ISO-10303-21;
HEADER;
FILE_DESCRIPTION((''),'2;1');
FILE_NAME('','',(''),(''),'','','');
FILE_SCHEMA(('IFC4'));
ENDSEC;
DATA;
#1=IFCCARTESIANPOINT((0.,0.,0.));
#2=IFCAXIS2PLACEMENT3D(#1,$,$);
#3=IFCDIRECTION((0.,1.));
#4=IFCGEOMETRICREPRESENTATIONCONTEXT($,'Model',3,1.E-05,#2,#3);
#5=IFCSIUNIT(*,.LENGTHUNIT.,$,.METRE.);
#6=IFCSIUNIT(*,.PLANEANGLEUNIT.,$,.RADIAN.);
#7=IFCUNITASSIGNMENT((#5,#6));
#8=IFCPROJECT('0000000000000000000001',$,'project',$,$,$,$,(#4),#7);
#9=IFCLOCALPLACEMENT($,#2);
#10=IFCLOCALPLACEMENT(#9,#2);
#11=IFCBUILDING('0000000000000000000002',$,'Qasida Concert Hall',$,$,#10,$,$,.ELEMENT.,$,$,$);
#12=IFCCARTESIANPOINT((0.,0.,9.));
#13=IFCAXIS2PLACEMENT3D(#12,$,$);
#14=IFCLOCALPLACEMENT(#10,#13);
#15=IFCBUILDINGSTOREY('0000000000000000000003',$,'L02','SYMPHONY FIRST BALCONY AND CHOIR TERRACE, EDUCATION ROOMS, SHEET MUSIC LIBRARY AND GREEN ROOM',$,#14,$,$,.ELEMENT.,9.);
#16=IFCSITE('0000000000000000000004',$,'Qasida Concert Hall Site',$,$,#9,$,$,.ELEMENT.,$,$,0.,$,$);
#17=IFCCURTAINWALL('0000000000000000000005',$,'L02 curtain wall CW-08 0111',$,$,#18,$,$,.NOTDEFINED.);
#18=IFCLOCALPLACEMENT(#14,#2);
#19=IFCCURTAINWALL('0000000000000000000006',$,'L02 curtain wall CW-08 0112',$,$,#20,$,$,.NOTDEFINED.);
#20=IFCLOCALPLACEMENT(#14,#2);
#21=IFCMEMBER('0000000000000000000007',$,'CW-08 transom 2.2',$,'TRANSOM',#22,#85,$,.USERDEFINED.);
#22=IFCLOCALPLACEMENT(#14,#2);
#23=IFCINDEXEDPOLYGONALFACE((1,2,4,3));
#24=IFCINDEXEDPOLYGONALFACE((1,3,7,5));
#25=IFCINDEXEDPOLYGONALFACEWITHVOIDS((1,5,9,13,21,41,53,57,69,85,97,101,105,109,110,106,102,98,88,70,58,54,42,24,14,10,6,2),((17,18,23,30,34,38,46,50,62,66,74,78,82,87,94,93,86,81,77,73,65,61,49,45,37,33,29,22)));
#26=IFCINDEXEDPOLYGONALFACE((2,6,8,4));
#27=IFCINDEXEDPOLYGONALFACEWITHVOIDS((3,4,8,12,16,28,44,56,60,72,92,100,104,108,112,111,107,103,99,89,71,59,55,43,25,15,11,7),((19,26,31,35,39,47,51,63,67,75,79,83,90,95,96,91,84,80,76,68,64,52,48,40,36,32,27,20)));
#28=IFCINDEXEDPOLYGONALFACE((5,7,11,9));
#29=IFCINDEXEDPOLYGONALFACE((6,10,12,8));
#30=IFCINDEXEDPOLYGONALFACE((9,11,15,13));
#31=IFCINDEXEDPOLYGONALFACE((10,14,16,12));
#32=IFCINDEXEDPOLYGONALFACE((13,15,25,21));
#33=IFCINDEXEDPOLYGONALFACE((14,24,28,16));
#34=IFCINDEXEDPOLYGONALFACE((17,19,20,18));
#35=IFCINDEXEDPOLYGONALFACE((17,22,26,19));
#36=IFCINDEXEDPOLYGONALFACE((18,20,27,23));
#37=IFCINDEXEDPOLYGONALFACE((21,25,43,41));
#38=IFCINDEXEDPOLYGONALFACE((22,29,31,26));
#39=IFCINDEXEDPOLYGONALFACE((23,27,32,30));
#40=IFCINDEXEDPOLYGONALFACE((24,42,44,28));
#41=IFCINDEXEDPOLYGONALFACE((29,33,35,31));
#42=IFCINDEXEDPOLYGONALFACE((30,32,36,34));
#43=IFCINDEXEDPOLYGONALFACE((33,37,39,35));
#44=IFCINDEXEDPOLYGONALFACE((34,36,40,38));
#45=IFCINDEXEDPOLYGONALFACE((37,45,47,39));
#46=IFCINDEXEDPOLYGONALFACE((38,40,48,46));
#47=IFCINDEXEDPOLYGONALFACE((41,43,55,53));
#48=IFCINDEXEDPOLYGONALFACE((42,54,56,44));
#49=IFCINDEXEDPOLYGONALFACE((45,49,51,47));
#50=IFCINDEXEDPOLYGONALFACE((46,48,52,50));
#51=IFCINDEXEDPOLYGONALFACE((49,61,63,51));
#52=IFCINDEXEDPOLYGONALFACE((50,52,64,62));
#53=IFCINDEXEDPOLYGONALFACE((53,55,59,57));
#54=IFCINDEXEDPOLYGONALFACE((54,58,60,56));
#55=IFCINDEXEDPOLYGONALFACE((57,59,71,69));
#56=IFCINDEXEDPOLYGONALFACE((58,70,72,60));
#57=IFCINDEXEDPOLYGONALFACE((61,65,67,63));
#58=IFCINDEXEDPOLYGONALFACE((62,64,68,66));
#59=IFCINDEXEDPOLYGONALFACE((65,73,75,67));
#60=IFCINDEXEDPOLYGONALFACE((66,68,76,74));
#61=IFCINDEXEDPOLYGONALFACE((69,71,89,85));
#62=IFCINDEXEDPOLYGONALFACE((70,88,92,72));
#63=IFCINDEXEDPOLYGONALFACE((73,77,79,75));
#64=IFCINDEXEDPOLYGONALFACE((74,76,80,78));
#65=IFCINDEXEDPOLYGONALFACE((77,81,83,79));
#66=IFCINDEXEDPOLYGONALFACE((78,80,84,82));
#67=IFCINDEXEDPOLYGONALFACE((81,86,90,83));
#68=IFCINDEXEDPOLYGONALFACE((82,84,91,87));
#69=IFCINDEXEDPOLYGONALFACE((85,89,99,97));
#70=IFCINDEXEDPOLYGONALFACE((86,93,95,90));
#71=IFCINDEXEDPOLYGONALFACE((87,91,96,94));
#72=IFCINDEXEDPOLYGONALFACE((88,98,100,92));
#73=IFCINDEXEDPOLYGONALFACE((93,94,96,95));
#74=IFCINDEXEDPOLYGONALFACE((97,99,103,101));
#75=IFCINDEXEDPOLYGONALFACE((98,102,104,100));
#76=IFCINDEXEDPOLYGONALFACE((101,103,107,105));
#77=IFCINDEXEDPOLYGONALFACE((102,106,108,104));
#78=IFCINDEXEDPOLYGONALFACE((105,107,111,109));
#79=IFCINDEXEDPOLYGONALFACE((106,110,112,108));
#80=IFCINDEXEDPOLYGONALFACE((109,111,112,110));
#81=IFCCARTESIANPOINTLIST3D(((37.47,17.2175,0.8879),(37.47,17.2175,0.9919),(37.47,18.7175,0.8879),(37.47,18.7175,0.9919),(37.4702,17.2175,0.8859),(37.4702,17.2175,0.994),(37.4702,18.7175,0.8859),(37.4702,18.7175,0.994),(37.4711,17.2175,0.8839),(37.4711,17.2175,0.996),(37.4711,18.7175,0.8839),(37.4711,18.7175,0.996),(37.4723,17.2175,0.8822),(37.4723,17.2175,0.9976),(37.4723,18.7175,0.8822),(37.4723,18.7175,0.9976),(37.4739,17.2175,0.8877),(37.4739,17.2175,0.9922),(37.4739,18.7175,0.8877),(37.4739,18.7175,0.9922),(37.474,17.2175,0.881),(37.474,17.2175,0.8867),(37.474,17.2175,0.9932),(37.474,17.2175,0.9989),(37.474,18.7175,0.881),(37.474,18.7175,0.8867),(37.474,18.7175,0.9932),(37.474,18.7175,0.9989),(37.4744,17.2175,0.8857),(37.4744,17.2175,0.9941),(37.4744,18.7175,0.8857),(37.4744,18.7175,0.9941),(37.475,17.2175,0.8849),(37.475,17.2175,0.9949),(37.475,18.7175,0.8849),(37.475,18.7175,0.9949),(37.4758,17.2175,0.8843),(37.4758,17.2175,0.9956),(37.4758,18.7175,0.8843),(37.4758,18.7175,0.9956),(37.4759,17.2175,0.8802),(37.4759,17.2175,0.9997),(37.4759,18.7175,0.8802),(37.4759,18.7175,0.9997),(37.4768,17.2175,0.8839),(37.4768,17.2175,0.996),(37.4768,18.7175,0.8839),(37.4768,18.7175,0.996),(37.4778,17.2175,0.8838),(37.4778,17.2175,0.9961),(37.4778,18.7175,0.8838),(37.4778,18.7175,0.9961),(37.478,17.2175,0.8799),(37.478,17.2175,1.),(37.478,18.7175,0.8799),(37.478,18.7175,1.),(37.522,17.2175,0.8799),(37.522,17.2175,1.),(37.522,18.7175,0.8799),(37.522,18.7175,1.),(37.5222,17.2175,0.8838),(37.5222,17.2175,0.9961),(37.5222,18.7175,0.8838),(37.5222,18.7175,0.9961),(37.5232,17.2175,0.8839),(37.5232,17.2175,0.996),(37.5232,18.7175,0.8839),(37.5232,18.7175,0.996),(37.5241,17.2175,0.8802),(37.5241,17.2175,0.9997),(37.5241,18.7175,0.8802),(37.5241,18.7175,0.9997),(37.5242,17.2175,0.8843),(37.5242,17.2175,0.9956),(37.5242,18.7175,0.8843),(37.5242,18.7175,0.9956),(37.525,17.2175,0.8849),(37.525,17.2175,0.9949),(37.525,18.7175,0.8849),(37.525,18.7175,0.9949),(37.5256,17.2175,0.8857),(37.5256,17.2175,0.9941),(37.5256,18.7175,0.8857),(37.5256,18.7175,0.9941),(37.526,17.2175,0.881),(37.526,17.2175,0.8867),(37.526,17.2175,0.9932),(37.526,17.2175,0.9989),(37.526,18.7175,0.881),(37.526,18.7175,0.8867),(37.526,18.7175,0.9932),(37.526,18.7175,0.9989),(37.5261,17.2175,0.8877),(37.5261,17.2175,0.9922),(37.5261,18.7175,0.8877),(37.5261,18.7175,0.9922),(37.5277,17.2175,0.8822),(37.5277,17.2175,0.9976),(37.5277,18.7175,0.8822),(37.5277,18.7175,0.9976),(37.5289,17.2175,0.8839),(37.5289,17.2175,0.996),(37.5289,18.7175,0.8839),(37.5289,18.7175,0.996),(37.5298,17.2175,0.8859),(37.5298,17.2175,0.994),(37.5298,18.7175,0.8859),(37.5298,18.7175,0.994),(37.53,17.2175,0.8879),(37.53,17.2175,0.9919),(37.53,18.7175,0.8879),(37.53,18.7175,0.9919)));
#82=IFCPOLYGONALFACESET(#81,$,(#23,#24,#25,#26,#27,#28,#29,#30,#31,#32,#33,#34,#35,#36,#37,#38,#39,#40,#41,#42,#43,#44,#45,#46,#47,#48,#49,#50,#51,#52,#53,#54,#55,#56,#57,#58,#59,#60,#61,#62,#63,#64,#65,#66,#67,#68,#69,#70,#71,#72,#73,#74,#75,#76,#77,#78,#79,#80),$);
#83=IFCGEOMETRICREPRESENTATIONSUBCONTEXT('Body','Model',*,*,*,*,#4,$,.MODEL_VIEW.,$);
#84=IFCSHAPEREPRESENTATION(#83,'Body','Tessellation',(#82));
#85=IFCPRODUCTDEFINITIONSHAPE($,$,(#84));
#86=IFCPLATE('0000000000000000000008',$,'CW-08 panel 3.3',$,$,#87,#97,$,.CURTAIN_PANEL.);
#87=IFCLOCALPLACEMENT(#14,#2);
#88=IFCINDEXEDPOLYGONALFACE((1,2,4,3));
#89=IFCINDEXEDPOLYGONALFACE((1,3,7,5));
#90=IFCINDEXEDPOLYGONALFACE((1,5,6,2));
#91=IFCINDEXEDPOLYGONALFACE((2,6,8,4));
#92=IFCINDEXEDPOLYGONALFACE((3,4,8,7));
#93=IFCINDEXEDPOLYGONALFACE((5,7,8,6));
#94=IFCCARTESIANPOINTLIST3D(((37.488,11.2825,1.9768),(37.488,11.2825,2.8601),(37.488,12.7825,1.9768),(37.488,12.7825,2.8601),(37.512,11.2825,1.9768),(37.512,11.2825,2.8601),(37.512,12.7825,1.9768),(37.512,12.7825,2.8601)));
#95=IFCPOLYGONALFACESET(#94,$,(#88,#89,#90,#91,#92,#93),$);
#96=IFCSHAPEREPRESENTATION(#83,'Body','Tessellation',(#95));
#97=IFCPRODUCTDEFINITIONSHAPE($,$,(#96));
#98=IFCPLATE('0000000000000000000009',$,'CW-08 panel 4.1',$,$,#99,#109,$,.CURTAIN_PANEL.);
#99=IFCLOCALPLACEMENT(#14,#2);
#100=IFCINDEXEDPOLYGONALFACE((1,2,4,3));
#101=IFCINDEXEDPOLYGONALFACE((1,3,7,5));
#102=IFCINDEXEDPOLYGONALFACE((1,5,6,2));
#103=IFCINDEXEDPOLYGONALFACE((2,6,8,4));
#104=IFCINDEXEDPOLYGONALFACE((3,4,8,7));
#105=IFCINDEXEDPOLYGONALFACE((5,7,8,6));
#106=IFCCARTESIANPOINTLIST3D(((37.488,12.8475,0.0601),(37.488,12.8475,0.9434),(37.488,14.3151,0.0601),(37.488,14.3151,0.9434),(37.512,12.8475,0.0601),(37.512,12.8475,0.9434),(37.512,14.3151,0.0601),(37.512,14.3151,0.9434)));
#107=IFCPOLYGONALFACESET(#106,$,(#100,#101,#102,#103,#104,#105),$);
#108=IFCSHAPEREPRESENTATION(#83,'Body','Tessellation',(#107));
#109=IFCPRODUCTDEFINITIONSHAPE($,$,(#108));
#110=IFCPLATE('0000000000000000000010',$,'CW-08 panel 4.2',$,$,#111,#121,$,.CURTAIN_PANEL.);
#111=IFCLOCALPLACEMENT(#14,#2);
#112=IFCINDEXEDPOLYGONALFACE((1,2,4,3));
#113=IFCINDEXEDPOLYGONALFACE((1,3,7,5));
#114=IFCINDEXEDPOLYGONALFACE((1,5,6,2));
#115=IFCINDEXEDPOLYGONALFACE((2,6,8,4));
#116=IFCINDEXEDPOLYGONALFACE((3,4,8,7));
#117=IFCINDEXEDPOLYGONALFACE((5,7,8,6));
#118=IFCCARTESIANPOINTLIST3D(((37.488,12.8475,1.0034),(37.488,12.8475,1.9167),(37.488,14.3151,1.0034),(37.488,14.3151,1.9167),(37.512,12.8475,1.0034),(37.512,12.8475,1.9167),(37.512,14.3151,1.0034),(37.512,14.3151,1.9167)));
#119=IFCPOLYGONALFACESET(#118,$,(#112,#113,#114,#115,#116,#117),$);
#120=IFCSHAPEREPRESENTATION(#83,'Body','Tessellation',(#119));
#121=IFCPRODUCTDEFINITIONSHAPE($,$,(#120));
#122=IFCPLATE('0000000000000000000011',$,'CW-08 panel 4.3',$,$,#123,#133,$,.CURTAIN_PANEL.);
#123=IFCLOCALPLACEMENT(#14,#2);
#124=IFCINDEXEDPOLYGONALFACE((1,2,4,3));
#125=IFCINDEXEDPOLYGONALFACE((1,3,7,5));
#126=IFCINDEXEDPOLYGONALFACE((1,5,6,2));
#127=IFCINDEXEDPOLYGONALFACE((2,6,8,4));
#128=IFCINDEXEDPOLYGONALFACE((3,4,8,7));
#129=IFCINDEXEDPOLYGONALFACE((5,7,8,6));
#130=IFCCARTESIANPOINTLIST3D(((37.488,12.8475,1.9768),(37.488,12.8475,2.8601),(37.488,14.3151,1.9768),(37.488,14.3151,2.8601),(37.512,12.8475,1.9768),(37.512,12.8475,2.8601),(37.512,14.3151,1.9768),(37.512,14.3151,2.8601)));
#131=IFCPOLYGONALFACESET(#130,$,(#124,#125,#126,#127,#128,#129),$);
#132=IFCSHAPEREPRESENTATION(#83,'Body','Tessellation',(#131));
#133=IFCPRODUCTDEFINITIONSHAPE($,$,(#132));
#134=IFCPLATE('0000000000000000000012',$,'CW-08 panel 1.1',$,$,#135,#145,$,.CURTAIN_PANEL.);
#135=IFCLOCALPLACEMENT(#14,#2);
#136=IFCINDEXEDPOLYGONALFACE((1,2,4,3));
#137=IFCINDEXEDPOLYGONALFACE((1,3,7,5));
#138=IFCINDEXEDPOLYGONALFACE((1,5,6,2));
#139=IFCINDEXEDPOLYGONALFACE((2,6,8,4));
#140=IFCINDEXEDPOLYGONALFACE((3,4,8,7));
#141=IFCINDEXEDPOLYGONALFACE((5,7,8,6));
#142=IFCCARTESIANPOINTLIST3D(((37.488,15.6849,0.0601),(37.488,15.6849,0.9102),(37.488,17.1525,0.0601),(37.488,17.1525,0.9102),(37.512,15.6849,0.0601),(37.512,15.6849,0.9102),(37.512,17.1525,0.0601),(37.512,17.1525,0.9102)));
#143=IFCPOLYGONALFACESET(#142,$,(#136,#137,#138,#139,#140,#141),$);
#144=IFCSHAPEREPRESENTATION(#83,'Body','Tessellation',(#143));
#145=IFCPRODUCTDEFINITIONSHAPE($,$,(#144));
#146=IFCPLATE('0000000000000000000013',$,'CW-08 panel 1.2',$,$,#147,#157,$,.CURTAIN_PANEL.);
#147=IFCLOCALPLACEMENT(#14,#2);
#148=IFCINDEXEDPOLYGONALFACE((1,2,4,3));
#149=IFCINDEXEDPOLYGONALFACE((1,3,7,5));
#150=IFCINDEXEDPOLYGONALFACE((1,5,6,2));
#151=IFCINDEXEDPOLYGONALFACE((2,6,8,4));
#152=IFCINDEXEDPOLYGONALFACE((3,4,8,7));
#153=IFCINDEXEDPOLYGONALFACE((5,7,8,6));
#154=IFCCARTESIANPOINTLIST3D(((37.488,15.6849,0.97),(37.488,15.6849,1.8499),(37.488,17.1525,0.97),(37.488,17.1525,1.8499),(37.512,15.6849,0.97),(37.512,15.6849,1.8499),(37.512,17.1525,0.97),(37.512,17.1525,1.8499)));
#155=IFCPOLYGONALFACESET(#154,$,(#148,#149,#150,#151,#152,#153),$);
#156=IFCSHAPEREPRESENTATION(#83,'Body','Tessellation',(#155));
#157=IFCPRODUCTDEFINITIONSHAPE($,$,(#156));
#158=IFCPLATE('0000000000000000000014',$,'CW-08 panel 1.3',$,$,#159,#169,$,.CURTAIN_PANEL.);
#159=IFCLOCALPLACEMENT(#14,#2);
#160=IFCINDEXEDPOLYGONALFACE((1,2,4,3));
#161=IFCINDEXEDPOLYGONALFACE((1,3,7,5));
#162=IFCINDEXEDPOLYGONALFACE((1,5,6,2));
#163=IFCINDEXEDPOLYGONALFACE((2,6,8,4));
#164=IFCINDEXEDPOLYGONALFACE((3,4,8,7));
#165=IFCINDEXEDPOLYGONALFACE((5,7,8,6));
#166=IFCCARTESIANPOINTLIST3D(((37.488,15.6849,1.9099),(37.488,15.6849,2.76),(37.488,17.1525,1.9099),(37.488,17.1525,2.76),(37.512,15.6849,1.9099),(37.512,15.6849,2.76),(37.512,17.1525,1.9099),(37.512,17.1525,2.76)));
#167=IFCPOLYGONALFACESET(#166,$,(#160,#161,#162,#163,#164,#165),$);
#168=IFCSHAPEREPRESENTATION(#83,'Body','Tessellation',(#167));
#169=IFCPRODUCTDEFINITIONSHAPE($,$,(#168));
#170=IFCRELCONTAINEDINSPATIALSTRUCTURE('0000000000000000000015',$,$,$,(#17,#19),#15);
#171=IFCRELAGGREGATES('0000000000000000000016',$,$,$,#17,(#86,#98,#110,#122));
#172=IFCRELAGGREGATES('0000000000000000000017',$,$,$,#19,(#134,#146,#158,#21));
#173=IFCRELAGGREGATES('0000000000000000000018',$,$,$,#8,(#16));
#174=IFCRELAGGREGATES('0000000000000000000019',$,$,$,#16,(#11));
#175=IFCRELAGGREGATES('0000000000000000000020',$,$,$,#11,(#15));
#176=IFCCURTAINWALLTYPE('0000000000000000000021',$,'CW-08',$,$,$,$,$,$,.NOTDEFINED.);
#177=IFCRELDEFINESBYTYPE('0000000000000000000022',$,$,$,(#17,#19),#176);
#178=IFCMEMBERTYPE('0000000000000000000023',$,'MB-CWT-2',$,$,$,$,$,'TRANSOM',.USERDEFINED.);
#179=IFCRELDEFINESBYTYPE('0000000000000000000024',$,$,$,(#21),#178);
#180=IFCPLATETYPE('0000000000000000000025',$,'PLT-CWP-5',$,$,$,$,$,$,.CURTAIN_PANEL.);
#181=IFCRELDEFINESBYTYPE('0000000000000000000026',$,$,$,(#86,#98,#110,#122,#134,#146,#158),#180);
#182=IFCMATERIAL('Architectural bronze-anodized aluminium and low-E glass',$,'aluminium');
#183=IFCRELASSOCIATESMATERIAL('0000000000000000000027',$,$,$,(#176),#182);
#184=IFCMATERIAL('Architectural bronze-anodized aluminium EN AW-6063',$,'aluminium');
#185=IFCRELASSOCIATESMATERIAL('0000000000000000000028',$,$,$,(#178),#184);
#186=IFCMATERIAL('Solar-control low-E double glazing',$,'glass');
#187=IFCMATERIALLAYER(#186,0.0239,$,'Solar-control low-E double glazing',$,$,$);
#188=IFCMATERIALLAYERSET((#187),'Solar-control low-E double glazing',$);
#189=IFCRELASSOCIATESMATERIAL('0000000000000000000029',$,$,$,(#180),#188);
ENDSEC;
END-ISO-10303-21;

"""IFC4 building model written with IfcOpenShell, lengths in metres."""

from ifc_helpers import new_model, si_unit, direction, frame, origin, origin_2d, place, context, subcontext, project, spatial, rectangle, hollow_rectangle, extrude, material, layer, layer_set, material_profile, profile_set, type_object, element, aggregate, save


model = new_model("IFC4")

# Units and contexts
model_context = context("Model", 3, precision=1e-05, world=origin(), true_north=direction((0.0, 1.0)))
body_context = subcontext(model_context, "Body", "Model", "MODEL_VIEW")
ifc_project = project(units=[si_unit("LENGTHUNIT", "METRE"), si_unit("PLANEANGLEUNIT", "RADIAN")], contexts=[model_context])

# Site, building, storey
site_placement = place(None, origin())
site = spatial("IfcSite", under=ifc_project, at=site_placement, Name="Qasida Concert Hall Site", CompositionType="ELEMENT", RefElevation=0.0)
building_placement = place(site_placement, origin())
building = spatial("IfcBuilding", under=site, at=building_placement, Name="Qasida Concert Hall", CompositionType="ELEMENT")
storey_placement = place(building_placement, frame((0.0, 0.0, 9.0)))
storey = spatial("IfcBuildingStorey", under=building, at=storey_placement, Name="L02", Description="SYMPHONY FIRST BALCONY AND CHOIR TERRACE, EDUCATION ROOMS, SHEET MUSIC LIBRARY AND GREEN ROOM", CompositionType="ELEMENT", Elevation=9.0)

# Curtain walls
ifc_material_1 = material(Name="Architectural bronze-anodized aluminium and low-E glass", Category="aluminium")
curtain_wall_type = type_object("IfcCurtainWallType", Name="CW-08", PredefinedType="NOTDEFINED", material=ifc_material_1)
curtain_wall_1_placement = place(storey_placement, origin())
curtain_wall_1 = element("IfcCurtainWall", 1, at=curtain_wall_1_placement, inside=storey, type_object=curtain_wall_type, Name="L02 curtain wall CW-08 0111", PredefinedType="NOTDEFINED")
ifc_material_2 = material(Name="Architectural bronze-anodized aluminium EN AW-6063", Category="aluminium")
curtain_wall_2_placement = place(storey_placement, origin())
curtain_wall_2 = element("IfcCurtainWall", 2, at=curtain_wall_2_placement, inside=storey, type_object=curtain_wall_type, Name="L02 curtain wall CW-08 0112", PredefinedType="NOTDEFINED")

# Member
ifc_material_profile_1 = material_profile(ifc_material_2, hollow_rectangle(XDim=0.0601, YDim=0.1201, WallThickness=0.0039, InnerFilletRadius=0.0039, OuterFilletRadius=0.0081, at=origin_2d()), Name="CWT 120x60x4")
ifc_profile_set_1 = profile_set([ifc_material_profile_1], Name="Architectural bronze-anodized aluminium EN AW-6063")
member_type_1 = type_object("IfcMemberType", Name="MB-CWT-2", ElementType="TRANSOM", PredefinedType="USERDEFINED", material=ifc_profile_set_1)
member_1_placement = place(storey_placement, frame((37.5, 17.2175, 0.9399), z_axis=(0.0, 1.0, 0.0), x_axis=(-1.0, 0.0, 0.0)))
member_1 = element("IfcMember", 3, at=member_1_placement, type_object=member_type_1, Name="CW-08 transom 2.2", ObjectType="TRANSOM", PredefinedType="USERDEFINED", context=body_context, shape_type="SweptSolid", body=[
    extrude(hollow_rectangle(XDim=0.0601, YDim=0.1201, WallThickness=0.0039, InnerFilletRadius=0.0039, OuterFilletRadius=0.0081, at=origin_2d()), origin(), (0.0, 0.0, 1.0), 1.5),
])

# Plates
ifc_material_3 = material(Name="Solar-control low-E double glazing", Category="glass")
ifc_layer = layer(ifc_material_3, 0.0239, Name="Solar-control low-E double glazing")
ifc_layer_set = layer_set([ifc_layer], Name="Solar-control low-E double glazing")
plate_type = type_object("IfcPlateType", Name="PLT-CWP-5", PredefinedType="CURTAIN_PANEL", material=ifc_layer_set)
plate_1_placement = place(storey_placement, frame((37.5, 12.0325, 1.9768), z_axis=(0.0, 0.0, 1.0), x_axis=(0.0, 1.0, 0.0)))
plate_1 = element("IfcPlate", 4, at=plate_1_placement, type_object=plate_type, Name="CW-08 panel 3.3", PredefinedType="CURTAIN_PANEL", context=body_context, shape_type="SweptSolid", body=[
    extrude(rectangle(XDim=1.5, YDim=0.0239, at=origin_2d()), origin(), (0.0, 0.0, 1.0), 0.8833),
])
plate_2_placement = place(storey_placement, frame((37.5, 13.5813, 0.0601), z_axis=(0.0, 0.0, 1.0), x_axis=(0.0, 1.0, 0.0)))
plate_2 = element("IfcPlate", 5, at=plate_2_placement, type_object=plate_type, Name="CW-08 panel 4.1", PredefinedType="CURTAIN_PANEL", context=body_context, shape_type="SweptSolid", body=[
    extrude(rectangle(XDim=1.4675, YDim=0.0239, at=origin_2d()), origin(), (0.0, 0.0, 1.0), 0.8833),
])
plate_3_placement = place(storey_placement, frame((37.5, 13.5813, 1.0034), z_axis=(0.0, 0.0, 1.0), x_axis=(0.0, 1.0, 0.0)))
plate_3 = element("IfcPlate", 6, at=plate_3_placement, type_object=plate_type, Name="CW-08 panel 4.2", PredefinedType="CURTAIN_PANEL", context=body_context, shape_type="SweptSolid", body=[
    extrude(rectangle(XDim=1.4675, YDim=0.0239, at=origin_2d()), origin(), (0.0, 0.0, 1.0), 0.9133),
])
plate_4_placement = place(storey_placement, frame((37.5, 13.5813, 1.9768), z_axis=(0.0, 0.0, 1.0), x_axis=(0.0, 1.0, 0.0)))
plate_4 = element("IfcPlate", 7, at=plate_4_placement, type_object=plate_type, Name="CW-08 panel 4.3", PredefinedType="CURTAIN_PANEL", context=body_context, shape_type="SweptSolid", body=[
    extrude(rectangle(XDim=1.4675, YDim=0.0239, at=origin_2d()), origin(), (0.0, 0.0, 1.0), 0.8833),
])
aggregate(curtain_wall_1, [plate_1, plate_2, plate_3, plate_4])
plate_5_placement = place(storey_placement, frame((37.5, 16.4187, 0.0601), z_axis=(0.0, 0.0, 1.0), x_axis=(0.0, 1.0, 0.0)))
plate_5 = element("IfcPlate", 8, at=plate_5_placement, type_object=plate_type, Name="CW-08 panel 1.1", PredefinedType="CURTAIN_PANEL", context=body_context, shape_type="SweptSolid", body=[
    extrude(rectangle(XDim=1.4675, YDim=0.0239, at=origin_2d()), origin(), (0.0, 0.0, 1.0), 0.8501),
])
plate_6_placement = place(storey_placement, frame((37.5, 16.4187, 0.97), z_axis=(0.0, 0.0, 1.0), x_axis=(0.0, 1.0, 0.0)))
plate_6 = element("IfcPlate", 9, at=plate_6_placement, type_object=plate_type, Name="CW-08 panel 1.2", PredefinedType="CURTAIN_PANEL", context=body_context, shape_type="SweptSolid", body=[
    extrude(rectangle(XDim=1.4675, YDim=0.0239, at=origin_2d()), origin(), (0.0, 0.0, 1.0), 0.8799),
])
plate_7_placement = place(storey_placement, frame((37.5, 16.4187, 1.9099), z_axis=(0.0, 0.0, 1.0), x_axis=(0.0, 1.0, 0.0)))
plate_7 = element("IfcPlate", 10, at=plate_7_placement, type_object=plate_type, Name="CW-08 panel 1.3", PredefinedType="CURTAIN_PANEL", context=body_context, shape_type="SweptSolid", body=[
    extrude(rectangle(XDim=1.4675, YDim=0.0239, at=origin_2d()), origin(), (0.0, 0.0, 1.0), 0.8501),
])
aggregate(curtain_wall_2, [plate_5, plate_6, plate_7, member_1])

save(model, "model.ifc")
